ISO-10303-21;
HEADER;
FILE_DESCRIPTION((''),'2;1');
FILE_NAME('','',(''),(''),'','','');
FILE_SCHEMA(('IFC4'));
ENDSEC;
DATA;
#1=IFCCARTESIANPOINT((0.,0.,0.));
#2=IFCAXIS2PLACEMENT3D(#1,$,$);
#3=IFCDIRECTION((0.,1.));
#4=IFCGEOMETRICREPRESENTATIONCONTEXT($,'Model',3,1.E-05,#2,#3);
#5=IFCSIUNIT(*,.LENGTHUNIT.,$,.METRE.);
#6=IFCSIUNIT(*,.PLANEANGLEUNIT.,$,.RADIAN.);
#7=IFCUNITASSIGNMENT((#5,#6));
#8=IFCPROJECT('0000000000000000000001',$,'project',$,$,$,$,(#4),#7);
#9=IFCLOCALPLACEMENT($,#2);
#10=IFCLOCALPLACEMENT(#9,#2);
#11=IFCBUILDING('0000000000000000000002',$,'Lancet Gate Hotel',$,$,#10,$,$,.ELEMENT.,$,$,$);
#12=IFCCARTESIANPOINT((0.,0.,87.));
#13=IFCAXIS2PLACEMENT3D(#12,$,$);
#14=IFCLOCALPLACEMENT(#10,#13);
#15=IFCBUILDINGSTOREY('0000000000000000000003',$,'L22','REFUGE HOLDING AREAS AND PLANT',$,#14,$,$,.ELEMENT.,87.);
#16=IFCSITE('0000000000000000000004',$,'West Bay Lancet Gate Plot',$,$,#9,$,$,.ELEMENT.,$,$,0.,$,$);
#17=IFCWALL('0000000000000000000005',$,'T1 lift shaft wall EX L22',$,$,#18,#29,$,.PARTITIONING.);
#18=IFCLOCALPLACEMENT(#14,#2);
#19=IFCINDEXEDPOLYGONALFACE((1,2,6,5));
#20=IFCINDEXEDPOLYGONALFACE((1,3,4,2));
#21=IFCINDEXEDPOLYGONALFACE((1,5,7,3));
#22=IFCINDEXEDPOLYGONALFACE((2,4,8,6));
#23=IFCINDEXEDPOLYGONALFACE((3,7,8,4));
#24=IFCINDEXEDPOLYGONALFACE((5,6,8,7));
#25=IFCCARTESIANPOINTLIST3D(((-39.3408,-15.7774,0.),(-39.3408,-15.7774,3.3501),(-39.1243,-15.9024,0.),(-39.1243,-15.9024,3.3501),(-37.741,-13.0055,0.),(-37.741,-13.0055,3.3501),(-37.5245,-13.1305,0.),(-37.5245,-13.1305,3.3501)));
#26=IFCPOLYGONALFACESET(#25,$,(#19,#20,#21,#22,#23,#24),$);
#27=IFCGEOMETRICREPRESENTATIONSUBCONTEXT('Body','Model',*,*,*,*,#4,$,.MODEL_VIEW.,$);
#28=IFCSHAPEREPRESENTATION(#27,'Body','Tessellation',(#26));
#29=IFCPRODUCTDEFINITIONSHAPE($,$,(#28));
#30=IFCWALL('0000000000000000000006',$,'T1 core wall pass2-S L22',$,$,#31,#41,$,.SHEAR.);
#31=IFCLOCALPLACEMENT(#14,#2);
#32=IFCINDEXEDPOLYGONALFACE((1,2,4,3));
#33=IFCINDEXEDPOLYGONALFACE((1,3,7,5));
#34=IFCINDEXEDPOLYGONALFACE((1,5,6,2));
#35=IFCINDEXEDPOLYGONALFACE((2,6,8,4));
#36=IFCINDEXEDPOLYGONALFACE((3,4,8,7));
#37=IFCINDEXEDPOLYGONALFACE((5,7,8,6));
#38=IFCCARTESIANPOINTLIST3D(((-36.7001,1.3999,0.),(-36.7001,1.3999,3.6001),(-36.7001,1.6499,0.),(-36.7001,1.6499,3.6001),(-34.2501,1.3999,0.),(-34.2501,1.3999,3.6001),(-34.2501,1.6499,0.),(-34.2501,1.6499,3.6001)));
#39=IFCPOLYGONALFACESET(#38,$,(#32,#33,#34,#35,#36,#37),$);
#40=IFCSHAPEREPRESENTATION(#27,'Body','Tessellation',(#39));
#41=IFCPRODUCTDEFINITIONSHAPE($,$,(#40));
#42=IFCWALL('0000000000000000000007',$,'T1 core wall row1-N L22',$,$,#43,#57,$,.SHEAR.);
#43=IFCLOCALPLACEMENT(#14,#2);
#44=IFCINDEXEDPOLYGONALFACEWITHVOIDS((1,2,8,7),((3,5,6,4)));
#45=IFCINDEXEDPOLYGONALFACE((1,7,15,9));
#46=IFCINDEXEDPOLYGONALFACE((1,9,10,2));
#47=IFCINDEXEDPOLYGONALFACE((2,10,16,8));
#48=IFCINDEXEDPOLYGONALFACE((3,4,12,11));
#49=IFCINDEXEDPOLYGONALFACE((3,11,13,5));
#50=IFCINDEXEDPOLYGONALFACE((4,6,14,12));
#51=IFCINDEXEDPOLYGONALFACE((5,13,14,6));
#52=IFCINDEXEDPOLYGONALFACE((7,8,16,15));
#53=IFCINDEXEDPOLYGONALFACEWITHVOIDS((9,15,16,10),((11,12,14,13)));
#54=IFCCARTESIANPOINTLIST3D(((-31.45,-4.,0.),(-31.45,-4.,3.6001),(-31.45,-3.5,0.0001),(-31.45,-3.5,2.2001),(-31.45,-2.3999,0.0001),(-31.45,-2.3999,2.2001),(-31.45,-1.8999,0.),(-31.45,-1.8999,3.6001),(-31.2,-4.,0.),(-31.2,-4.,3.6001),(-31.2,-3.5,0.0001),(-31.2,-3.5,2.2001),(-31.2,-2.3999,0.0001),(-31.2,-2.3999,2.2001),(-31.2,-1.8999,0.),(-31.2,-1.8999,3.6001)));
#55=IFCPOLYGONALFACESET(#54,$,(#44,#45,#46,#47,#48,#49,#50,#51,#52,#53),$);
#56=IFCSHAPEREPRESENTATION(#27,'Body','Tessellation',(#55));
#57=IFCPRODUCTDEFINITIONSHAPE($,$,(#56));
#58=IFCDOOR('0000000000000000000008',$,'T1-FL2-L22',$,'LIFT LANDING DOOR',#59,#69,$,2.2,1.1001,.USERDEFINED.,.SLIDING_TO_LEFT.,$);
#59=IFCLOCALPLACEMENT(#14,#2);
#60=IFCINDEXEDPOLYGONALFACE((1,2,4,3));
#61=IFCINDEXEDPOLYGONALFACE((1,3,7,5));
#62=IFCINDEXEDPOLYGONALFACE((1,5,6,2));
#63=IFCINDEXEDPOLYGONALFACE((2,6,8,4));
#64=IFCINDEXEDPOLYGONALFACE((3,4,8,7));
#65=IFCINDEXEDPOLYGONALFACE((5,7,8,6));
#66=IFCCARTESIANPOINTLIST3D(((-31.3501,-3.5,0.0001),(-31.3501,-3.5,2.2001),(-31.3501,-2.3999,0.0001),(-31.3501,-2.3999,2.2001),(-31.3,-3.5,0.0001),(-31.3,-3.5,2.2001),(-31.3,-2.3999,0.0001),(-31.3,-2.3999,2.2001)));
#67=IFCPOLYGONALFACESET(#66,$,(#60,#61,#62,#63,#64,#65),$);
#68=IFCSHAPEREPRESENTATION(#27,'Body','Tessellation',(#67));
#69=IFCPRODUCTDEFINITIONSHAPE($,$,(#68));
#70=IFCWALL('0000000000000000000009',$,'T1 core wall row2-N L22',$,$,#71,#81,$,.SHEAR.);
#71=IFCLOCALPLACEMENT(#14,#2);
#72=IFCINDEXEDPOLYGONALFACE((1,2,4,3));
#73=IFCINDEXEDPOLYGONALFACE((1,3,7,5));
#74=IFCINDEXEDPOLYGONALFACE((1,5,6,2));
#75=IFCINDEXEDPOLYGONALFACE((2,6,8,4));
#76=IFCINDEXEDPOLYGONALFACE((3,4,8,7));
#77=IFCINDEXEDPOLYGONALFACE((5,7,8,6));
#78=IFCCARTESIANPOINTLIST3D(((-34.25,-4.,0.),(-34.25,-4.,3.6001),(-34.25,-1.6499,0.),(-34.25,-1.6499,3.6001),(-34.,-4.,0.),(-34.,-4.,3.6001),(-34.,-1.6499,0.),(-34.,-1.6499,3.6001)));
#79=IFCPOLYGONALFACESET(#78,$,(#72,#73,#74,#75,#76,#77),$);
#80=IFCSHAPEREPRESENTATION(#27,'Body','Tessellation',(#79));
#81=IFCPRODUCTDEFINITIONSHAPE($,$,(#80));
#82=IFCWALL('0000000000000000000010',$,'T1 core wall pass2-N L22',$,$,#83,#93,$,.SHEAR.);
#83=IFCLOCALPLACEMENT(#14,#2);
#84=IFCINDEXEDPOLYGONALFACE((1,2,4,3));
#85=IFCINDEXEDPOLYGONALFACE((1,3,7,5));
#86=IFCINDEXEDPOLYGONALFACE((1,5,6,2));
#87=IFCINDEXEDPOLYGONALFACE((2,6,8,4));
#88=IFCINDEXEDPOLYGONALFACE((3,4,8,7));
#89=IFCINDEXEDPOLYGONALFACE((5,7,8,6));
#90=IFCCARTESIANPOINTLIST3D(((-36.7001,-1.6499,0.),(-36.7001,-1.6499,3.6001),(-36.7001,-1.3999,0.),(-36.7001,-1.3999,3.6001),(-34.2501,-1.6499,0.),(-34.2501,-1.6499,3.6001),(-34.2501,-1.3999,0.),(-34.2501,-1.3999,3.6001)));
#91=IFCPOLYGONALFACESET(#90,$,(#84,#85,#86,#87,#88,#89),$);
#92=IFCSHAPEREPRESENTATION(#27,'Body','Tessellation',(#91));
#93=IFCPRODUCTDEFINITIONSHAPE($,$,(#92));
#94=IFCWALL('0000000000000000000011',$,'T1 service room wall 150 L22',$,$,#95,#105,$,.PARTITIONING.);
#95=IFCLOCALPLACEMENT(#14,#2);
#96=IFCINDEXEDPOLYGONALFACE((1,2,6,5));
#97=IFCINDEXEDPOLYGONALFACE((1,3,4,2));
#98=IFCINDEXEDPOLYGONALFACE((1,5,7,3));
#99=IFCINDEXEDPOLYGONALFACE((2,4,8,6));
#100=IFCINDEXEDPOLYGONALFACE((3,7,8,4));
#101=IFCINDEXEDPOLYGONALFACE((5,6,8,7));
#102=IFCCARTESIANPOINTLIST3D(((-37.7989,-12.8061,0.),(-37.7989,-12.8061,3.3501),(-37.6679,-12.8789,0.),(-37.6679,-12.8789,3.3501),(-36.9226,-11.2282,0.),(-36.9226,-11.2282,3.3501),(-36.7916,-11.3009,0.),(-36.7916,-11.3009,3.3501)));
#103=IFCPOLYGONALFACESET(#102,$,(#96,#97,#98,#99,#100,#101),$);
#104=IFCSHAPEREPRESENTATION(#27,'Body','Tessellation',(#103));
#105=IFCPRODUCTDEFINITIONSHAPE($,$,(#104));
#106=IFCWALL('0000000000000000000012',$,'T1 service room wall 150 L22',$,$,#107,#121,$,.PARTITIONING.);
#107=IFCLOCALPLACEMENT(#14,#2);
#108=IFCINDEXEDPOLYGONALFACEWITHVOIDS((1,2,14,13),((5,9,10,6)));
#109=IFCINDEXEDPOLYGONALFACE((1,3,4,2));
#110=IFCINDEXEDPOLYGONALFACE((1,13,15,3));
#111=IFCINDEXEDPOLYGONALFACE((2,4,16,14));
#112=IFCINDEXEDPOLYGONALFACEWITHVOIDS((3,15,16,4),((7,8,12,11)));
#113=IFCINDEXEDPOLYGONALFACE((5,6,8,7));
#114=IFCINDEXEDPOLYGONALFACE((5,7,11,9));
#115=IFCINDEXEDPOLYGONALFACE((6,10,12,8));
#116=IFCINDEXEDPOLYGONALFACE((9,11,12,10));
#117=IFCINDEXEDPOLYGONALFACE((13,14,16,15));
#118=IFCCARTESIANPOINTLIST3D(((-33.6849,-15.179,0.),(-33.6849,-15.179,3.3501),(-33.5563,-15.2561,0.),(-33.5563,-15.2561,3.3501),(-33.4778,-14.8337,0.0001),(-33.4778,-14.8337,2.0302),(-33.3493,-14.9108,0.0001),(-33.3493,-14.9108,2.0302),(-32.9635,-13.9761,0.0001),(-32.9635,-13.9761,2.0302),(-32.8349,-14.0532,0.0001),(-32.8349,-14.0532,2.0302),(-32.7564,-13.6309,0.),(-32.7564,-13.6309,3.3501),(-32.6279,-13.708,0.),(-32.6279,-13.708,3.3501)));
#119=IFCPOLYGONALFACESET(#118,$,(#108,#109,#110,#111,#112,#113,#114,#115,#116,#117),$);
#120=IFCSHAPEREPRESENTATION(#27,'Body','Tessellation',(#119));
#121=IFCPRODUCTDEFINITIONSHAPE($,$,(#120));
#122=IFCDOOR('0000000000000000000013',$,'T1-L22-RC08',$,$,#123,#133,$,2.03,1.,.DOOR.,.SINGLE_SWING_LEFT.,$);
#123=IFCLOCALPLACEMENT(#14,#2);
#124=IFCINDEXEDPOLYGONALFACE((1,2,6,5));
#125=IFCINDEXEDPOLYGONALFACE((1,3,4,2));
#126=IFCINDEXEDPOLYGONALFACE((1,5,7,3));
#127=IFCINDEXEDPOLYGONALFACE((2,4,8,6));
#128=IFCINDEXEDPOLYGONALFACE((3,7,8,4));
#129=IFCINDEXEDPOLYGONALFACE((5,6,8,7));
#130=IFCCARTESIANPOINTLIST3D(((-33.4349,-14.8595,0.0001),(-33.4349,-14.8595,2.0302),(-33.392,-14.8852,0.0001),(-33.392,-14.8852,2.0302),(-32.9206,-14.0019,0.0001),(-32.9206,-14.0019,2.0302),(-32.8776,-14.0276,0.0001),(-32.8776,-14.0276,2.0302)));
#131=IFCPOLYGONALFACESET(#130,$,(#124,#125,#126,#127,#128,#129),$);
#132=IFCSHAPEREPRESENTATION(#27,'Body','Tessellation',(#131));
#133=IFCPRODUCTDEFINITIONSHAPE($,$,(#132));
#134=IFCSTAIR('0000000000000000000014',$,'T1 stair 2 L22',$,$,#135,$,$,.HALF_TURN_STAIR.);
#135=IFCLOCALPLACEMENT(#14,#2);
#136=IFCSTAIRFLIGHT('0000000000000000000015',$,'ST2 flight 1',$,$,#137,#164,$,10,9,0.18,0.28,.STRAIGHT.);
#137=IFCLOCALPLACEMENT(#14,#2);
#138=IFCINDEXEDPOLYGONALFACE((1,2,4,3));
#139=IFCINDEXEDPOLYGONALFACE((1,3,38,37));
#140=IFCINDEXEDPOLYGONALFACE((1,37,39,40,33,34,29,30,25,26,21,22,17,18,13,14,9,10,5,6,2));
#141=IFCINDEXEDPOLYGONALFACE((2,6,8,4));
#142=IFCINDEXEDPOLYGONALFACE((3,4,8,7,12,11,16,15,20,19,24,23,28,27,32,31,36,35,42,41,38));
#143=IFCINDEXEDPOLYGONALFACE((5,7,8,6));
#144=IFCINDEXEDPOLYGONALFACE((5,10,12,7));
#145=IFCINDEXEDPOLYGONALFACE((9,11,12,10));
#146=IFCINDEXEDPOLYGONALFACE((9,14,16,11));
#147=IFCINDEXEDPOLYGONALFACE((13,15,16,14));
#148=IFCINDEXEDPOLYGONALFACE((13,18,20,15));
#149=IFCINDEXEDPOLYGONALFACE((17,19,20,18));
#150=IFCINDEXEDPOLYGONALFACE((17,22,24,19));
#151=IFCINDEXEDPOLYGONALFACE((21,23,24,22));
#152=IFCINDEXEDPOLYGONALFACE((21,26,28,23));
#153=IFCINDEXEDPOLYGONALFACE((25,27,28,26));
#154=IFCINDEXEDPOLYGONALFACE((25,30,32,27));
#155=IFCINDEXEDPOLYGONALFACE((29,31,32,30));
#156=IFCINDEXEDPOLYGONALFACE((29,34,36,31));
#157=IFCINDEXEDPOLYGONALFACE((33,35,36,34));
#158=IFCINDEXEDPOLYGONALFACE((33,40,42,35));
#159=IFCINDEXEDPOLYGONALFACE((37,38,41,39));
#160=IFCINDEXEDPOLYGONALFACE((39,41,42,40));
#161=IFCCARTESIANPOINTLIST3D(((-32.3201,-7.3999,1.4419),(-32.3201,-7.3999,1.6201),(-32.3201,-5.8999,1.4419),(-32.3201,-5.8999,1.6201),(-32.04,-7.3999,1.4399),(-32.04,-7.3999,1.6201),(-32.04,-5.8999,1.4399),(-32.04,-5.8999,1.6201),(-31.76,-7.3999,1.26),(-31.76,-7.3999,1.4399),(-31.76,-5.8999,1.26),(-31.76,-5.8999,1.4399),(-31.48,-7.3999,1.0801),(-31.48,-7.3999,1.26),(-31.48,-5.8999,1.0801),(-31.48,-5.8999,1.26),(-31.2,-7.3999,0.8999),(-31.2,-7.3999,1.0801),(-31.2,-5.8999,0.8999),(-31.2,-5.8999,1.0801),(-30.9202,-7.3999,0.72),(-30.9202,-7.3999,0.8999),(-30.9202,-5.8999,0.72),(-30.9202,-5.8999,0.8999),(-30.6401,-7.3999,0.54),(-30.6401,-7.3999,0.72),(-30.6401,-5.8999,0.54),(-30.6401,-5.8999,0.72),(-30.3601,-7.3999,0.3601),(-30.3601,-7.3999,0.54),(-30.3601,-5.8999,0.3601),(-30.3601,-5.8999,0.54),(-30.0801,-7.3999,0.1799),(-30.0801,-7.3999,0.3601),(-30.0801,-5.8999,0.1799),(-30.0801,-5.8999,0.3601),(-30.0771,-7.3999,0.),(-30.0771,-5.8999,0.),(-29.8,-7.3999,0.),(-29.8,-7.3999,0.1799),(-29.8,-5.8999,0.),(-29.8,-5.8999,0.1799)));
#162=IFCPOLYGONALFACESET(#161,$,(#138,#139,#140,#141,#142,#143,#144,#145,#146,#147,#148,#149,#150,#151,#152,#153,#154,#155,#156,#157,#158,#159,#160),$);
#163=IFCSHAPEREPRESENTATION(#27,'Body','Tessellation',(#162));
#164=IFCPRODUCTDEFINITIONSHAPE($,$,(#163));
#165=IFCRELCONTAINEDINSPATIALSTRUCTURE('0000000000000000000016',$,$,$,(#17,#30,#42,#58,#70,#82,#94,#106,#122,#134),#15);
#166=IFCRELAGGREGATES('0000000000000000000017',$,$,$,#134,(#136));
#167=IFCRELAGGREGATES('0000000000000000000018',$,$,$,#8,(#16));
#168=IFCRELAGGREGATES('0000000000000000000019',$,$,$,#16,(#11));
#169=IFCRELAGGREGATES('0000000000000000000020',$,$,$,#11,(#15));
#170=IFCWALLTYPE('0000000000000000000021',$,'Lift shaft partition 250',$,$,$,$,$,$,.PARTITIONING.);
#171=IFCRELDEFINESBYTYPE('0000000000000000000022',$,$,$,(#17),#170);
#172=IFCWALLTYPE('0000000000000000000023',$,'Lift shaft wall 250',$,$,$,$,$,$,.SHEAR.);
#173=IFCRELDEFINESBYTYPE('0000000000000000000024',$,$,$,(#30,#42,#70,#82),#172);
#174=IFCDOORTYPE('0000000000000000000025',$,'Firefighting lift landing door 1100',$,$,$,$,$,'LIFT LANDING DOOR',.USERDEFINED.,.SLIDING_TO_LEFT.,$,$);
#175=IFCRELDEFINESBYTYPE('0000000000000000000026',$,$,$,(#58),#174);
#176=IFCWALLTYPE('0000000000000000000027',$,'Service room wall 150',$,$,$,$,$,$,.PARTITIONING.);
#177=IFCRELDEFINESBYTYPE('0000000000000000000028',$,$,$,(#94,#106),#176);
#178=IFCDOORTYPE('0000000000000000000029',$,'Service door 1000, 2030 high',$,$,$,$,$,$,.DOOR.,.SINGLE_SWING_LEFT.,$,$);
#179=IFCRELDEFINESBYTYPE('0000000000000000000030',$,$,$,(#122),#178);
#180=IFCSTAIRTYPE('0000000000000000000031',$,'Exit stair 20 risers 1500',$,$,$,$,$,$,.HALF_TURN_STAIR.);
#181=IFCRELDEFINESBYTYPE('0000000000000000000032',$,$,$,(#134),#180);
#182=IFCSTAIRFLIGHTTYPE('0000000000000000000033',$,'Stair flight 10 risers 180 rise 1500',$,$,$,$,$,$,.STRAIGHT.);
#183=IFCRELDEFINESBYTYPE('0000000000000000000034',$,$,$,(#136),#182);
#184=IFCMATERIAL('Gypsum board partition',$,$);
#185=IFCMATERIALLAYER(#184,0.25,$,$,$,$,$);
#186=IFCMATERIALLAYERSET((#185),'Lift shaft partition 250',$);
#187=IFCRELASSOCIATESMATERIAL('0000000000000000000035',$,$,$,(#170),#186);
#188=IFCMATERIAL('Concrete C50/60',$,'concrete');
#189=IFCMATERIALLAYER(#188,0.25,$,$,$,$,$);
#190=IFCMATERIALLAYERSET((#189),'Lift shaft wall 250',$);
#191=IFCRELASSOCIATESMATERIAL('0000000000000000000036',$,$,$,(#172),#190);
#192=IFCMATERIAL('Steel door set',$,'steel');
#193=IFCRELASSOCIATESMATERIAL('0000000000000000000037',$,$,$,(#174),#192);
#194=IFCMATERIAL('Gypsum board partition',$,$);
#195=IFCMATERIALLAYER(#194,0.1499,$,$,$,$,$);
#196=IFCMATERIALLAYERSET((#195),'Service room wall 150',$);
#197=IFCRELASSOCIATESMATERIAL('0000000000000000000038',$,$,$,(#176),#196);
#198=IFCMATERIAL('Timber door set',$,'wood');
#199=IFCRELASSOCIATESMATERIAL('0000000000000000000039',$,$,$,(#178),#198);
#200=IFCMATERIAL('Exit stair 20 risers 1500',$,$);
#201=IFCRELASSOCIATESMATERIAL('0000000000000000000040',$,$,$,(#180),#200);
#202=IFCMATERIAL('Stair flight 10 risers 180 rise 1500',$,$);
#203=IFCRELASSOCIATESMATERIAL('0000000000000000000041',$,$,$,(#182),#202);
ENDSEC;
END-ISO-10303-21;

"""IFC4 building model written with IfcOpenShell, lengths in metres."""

from ifc_helpers import new_model, si_unit, direction, frame, frame_2d, origin, place, context, subcontext, project, spatial, polyline, rectangle, outline, extrude, material, layer, layer_set, type_object, element, fill, aggregate, save


model = new_model("IFC4")

# Units and contexts
model_context = context("Model", 3, precision=1e-05, world=origin(), true_north=direction((0.0, 1.0)))
body_context = subcontext(model_context, "Body", "Model", "MODEL_VIEW")
ifc_project = project(units=[si_unit("LENGTHUNIT", "METRE"), si_unit("PLANEANGLEUNIT", "RADIAN")], contexts=[model_context])

# Site, building, storey
site_placement = place(None, origin())
site = spatial("IfcSite", under=ifc_project, at=site_placement, Name="West Bay Lancet Gate Plot", CompositionType="ELEMENT", RefElevation=0.0)
building_placement = place(site_placement, origin())
building = spatial("IfcBuilding", under=site, at=building_placement, Name="Lancet Gate Hotel", CompositionType="ELEMENT")
storey_placement = place(building_placement, frame((0.0, 0.0, 87.0)))
storey = spatial("IfcBuildingStorey", under=building, at=storey_placement, Name="L22", Description="REFUGE HOLDING AREAS AND PLANT", CompositionType="ELEMENT", Elevation=87.0)

# Walls
ifc_material_1 = material(Name="Gypsum board partition")
ifc_layer_1 = layer(ifc_material_1, 0.25)
ifc_layer_set_1 = layer_set([ifc_layer_1], Name="Lift shaft partition 250")
wall_type_1 = type_object("IfcWallType", Name="Lift shaft partition 250", PredefinedType="PARTITIONING", material=ifc_layer_set_1)
wall_1_placement = place(storey_placement, frame((-37.6328, -13.0681, 0.0), z_axis=(0.0, 0.0, 1.0), x_axis=(-0.499872, -0.866099, 0.0)))
element("IfcWall", 1, at=wall_1_placement, inside=storey, type_object=wall_type_1, Name="T1 lift shaft wall EX L22", PredefinedType="PARTITIONING", context=body_context, shape_type="SweptSolid", body=[
    extrude(rectangle(XDim=3.2004, YDim=0.25, at=frame_2d((1.6001, 0.0))), origin(), (0.0, 0.0, 1.0), 3.3501),
])
ifc_material_2 = material(Name="Concrete C50/60", Category="concrete")
ifc_layer_2 = layer(ifc_material_2, 0.25)
ifc_layer_set_2 = layer_set([ifc_layer_2], Name="Lift shaft wall 250")
wall_type_2 = type_object("IfcWallType", Name="Lift shaft wall 250", PredefinedType="SHEAR", material=ifc_layer_set_2)
wall_2_placement = place(storey_placement, frame((-34.25, 1.5249, 0.0), z_axis=(0.0, 0.0, 1.0), x_axis=(-1.0, 0.0, 0.0)))
element("IfcWall", 2, at=wall_2_placement, inside=storey, type_object=wall_type_2, Name="T1 core wall pass2-S L22", PredefinedType="SHEAR", context=body_context, shape_type="SweptSolid", body=[
    extrude(rectangle(XDim=2.45, YDim=0.25, at=frame_2d((1.2251, 0.0))), origin(), (0.0, 0.0, 1.0), 3.6001),
])

# Wall, opening, door
wall_3_placement = place(storey_placement, frame((-31.325, -1.8999, 0.0), z_axis=(0.0, 0.0, 1.0), x_axis=(0.0, -1.0, 0.0)))
wall_3 = element("IfcWall", 3, at=wall_3_placement, inside=storey, type_object=wall_type_2, Name="T1 core wall row1-N L22", PredefinedType="SHEAR", context=body_context, shape_type="SweptSolid", body=[
    extrude(rectangle(XDim=2.1001, YDim=0.25, at=frame_2d((1.05, 0.0))), origin(), (0.0, 0.0, 1.0), 3.6001),
])
opening_1_placement = place(wall_3_placement, frame((0.5, 0.0, 0.0)))
opening_1 = element("IfcOpeningElement", 4, at=opening_1_placement, cuts=wall_3, PredefinedType="OPENING", context=body_context, shape_type="SweptSolid", body=[
    extrude(rectangle(XDim=1.1001, YDim=2.2, at=frame_2d((0.55, 1.1001))), frame((0.0, 0.135, 0.0), z_axis=(0.0, -1.0, 0.0), x_axis=(1.0, 0.0, 0.0)), (0.0, 0.0, 1.0), 0.27),
])
ifc_material_3 = material(Name="Steel door set", Category="steel")
door_type_1 = type_object("IfcDoorType", Name="Firefighting lift landing door 1100", ElementType="LIFT LANDING DOOR", OperationType="SLIDING_TO_LEFT", PredefinedType="USERDEFINED", material=ifc_material_3)
door_1_placement = place(opening_1_placement, origin())
door_1 = element("IfcDoor", 5, at=door_1_placement, inside=storey, type_object=door_type_1, Name="T1-FL2-L22", ObjectType="LIFT LANDING DOOR", OperationType="SLIDING_TO_LEFT", OverallHeight=2.2, OverallWidth=1.1001, PredefinedType="USERDEFINED", context=body_context, shape_type="SweptSolid", body=[
    extrude(rectangle(XDim=1.1001, YDim=2.2, at=frame_2d((0.55, 1.1001))), frame((0.0, 0.0249, 0.0), z_axis=(0.0, -1.0, 0.0), x_axis=(1.0, 0.0, 0.0)), (0.0, 0.0, 1.0), 0.05),
])
fill(opening_1, door_1)

# Walls
wall_4_placement = place(storey_placement, frame((-34.125, -1.6499, 0.0), z_axis=(0.0, 0.0, 1.0), x_axis=(0.0, -1.0, 0.0)))
element("IfcWall", 6, at=wall_4_placement, inside=storey, type_object=wall_type_2, Name="T1 core wall row2-N L22", PredefinedType="SHEAR", context=body_context, shape_type="SweptSolid", body=[
    extrude(rectangle(XDim=2.3501, YDim=0.25, at=frame_2d((1.175, 0.0))), origin(), (0.0, 0.0, 1.0), 3.6001),
])
wall_5_placement = place(storey_placement, frame((-34.25, -1.5249, 0.0), z_axis=(0.0, 0.0, 1.0), x_axis=(-1.0, 0.0, 0.0)))
element("IfcWall", 7, at=wall_5_placement, inside=storey, type_object=wall_type_2, Name="T1 core wall pass2-N L22", PredefinedType="SHEAR", context=body_context, shape_type="SweptSolid", body=[
    extrude(rectangle(XDim=2.45, YDim=0.25, at=frame_2d((1.2251, 0.0))), origin(), (0.0, 0.0, 1.0), 3.6001),
])
ifc_material_4 = material(Name="Gypsum board partition")
ifc_layer_3 = layer(ifc_material_4, 0.1499)
ifc_layer_set_3 = layer_set([ifc_layer_3], Name="Service room wall 150")
wall_type_3 = type_object("IfcWallType", Name="Service room wall 150", PredefinedType="PARTITIONING", material=ifc_layer_set_3)
wall_6_placement = place(storey_placement, frame((-36.8572, -11.2646, 0.0), z_axis=(0.0, 0.0, 1.0), x_axis=(-0.485482, -0.874247, 0.0)))
element("IfcWall", 8, at=wall_6_placement, inside=storey, type_object=wall_type_3, Name="T1 service room wall 150 L22", PredefinedType="PARTITIONING", context=body_context, shape_type="SweptSolid", body=[
    extrude(rectangle(XDim=1.8049, YDim=0.1499, at=frame_2d((0.9023, 0.0))), origin(), (0.0, 0.0, 1.0), 3.3501),
])

# Wall, opening, door
wall_7_placement = place(storey_placement, frame((-33.6206, -15.2175, 0.0), z_axis=(0.0, 0.0, 1.0), x_axis=(0.514337, 0.857588, 0.0)))
wall_7 = element("IfcWall", 9, at=wall_7_placement, inside=storey, type_object=wall_type_3, Name="T1 service room wall 150 L22", PredefinedType="PARTITIONING", context=body_context, shape_type="SweptSolid", body=[
    extrude(rectangle(XDim=1.8052, YDim=0.1499, at=frame_2d((0.9026, 0.0))), origin(), (0.0, 0.0, 1.0), 3.3501),
])
opening_2_placement = place(wall_7_placement, frame((0.4026, 0.0, 0.0)))
opening_2 = element("IfcOpeningElement", 10, at=opening_2_placement, cuts=wall_7, PredefinedType="OPENING", context=body_context, shape_type="SweptSolid", body=[
    extrude(rectangle(XDim=1.0, YDim=2.03, at=frame_2d((0.5, 1.0151))), frame((0.0, 0.085, 0.0), z_axis=(0.0, -1.0, 0.0), x_axis=(1.0, 0.0, 0.0)), (0.0, 0.0, 1.0), 0.1699),
])
ifc_material_5 = material(Name="Timber door set", Category="wood")
door_type_2 = type_object("IfcDoorType", Name="Service door 1000, 2030 high", OperationType="SINGLE_SWING_LEFT", PredefinedType="DOOR", material=ifc_material_5)
door_2_placement = place(opening_2_placement, origin())
door_2 = element("IfcDoor", 11, at=door_2_placement, inside=storey, type_object=door_type_2, Name="T1-L22-RC08", OperationType="SINGLE_SWING_LEFT", OverallHeight=2.03, OverallWidth=1.0, PredefinedType="DOOR", context=body_context, shape_type="SweptSolid", body=[
    extrude(rectangle(XDim=1.0, YDim=2.03, at=frame_2d((0.5, 1.0151))), frame((0.0, 0.0249, 0.0), z_axis=(0.0, -1.0, 0.0), x_axis=(1.0, 0.0, 0.0)), (0.0, 0.0, 1.0), 0.05),
])
fill(opening_2, door_2)

# Stair, stair flight
ifc_material_6 = material(Name="Exit stair 20 risers 1500")
stair_type = type_object("IfcStairType", Name="Exit stair 20 risers 1500", PredefinedType="HALF_TURN_STAIR", material=ifc_material_6)
stair_placement = place(storey_placement, origin())
stair = element("IfcStair", 12, at=stair_placement, inside=storey, type_object=stair_type, Name="T1 stair 2 L22", PredefinedType="HALF_TURN_STAIR")
ifc_material_7 = material(Name="Stair flight 10 risers 180 rise 1500")
stair_flight_type = type_object("IfcStairFlightType", Name="Stair flight 10 risers 180 rise 1500", PredefinedType="STRAIGHT", material=ifc_material_7)
stair_flight_1_placement = place(storey_placement, frame((-29.8, -6.6499, 0.0), z_axis=(0.0, 0.0, 1.0), x_axis=(-1.0, 0.0, 0.0)))
stair_flight_1 = element("IfcStairFlight", 13, at=stair_flight_1_placement, type_object=stair_flight_type, Name="ST2 flight 1", NumberOfRisers=10, NumberOfTreads=9, PredefinedType="STRAIGHT", RiserHeight=0.18, TreadLength=0.28, context=body_context, shape_type="SweptSolid", body=[
    extrude(outline(polyline([(0.0, 0.0), (0.0, 0.1799), (0.28, 0.1799), (0.28, 0.3601), (0.5601, 0.3601), (0.5601, 0.54), (0.8401, 0.54), (0.8401, 0.72), (1.1201, 0.72), (1.1201, 0.8999), (1.3999, 0.8999), (1.3999, 1.0801), (1.6799, 1.0801), (1.6799, 1.26), (1.96, 1.26), (1.96, 1.4399), (2.24, 1.4399), (2.24, 1.6201), (2.52, 1.6201), (2.52, 1.8), (2.52, 1.4419), (0.2771, 0.0), (0.0, 0.0)])), frame((0.0, 0.75, 0.0), z_axis=(0.0, -1.0, 0.0), x_axis=(1.0, 0.0, 0.0)), (0.0, 0.0, 1.0), 1.5),
])
aggregate(stair, [stair_flight_1])

save(model, "model.ifc")
